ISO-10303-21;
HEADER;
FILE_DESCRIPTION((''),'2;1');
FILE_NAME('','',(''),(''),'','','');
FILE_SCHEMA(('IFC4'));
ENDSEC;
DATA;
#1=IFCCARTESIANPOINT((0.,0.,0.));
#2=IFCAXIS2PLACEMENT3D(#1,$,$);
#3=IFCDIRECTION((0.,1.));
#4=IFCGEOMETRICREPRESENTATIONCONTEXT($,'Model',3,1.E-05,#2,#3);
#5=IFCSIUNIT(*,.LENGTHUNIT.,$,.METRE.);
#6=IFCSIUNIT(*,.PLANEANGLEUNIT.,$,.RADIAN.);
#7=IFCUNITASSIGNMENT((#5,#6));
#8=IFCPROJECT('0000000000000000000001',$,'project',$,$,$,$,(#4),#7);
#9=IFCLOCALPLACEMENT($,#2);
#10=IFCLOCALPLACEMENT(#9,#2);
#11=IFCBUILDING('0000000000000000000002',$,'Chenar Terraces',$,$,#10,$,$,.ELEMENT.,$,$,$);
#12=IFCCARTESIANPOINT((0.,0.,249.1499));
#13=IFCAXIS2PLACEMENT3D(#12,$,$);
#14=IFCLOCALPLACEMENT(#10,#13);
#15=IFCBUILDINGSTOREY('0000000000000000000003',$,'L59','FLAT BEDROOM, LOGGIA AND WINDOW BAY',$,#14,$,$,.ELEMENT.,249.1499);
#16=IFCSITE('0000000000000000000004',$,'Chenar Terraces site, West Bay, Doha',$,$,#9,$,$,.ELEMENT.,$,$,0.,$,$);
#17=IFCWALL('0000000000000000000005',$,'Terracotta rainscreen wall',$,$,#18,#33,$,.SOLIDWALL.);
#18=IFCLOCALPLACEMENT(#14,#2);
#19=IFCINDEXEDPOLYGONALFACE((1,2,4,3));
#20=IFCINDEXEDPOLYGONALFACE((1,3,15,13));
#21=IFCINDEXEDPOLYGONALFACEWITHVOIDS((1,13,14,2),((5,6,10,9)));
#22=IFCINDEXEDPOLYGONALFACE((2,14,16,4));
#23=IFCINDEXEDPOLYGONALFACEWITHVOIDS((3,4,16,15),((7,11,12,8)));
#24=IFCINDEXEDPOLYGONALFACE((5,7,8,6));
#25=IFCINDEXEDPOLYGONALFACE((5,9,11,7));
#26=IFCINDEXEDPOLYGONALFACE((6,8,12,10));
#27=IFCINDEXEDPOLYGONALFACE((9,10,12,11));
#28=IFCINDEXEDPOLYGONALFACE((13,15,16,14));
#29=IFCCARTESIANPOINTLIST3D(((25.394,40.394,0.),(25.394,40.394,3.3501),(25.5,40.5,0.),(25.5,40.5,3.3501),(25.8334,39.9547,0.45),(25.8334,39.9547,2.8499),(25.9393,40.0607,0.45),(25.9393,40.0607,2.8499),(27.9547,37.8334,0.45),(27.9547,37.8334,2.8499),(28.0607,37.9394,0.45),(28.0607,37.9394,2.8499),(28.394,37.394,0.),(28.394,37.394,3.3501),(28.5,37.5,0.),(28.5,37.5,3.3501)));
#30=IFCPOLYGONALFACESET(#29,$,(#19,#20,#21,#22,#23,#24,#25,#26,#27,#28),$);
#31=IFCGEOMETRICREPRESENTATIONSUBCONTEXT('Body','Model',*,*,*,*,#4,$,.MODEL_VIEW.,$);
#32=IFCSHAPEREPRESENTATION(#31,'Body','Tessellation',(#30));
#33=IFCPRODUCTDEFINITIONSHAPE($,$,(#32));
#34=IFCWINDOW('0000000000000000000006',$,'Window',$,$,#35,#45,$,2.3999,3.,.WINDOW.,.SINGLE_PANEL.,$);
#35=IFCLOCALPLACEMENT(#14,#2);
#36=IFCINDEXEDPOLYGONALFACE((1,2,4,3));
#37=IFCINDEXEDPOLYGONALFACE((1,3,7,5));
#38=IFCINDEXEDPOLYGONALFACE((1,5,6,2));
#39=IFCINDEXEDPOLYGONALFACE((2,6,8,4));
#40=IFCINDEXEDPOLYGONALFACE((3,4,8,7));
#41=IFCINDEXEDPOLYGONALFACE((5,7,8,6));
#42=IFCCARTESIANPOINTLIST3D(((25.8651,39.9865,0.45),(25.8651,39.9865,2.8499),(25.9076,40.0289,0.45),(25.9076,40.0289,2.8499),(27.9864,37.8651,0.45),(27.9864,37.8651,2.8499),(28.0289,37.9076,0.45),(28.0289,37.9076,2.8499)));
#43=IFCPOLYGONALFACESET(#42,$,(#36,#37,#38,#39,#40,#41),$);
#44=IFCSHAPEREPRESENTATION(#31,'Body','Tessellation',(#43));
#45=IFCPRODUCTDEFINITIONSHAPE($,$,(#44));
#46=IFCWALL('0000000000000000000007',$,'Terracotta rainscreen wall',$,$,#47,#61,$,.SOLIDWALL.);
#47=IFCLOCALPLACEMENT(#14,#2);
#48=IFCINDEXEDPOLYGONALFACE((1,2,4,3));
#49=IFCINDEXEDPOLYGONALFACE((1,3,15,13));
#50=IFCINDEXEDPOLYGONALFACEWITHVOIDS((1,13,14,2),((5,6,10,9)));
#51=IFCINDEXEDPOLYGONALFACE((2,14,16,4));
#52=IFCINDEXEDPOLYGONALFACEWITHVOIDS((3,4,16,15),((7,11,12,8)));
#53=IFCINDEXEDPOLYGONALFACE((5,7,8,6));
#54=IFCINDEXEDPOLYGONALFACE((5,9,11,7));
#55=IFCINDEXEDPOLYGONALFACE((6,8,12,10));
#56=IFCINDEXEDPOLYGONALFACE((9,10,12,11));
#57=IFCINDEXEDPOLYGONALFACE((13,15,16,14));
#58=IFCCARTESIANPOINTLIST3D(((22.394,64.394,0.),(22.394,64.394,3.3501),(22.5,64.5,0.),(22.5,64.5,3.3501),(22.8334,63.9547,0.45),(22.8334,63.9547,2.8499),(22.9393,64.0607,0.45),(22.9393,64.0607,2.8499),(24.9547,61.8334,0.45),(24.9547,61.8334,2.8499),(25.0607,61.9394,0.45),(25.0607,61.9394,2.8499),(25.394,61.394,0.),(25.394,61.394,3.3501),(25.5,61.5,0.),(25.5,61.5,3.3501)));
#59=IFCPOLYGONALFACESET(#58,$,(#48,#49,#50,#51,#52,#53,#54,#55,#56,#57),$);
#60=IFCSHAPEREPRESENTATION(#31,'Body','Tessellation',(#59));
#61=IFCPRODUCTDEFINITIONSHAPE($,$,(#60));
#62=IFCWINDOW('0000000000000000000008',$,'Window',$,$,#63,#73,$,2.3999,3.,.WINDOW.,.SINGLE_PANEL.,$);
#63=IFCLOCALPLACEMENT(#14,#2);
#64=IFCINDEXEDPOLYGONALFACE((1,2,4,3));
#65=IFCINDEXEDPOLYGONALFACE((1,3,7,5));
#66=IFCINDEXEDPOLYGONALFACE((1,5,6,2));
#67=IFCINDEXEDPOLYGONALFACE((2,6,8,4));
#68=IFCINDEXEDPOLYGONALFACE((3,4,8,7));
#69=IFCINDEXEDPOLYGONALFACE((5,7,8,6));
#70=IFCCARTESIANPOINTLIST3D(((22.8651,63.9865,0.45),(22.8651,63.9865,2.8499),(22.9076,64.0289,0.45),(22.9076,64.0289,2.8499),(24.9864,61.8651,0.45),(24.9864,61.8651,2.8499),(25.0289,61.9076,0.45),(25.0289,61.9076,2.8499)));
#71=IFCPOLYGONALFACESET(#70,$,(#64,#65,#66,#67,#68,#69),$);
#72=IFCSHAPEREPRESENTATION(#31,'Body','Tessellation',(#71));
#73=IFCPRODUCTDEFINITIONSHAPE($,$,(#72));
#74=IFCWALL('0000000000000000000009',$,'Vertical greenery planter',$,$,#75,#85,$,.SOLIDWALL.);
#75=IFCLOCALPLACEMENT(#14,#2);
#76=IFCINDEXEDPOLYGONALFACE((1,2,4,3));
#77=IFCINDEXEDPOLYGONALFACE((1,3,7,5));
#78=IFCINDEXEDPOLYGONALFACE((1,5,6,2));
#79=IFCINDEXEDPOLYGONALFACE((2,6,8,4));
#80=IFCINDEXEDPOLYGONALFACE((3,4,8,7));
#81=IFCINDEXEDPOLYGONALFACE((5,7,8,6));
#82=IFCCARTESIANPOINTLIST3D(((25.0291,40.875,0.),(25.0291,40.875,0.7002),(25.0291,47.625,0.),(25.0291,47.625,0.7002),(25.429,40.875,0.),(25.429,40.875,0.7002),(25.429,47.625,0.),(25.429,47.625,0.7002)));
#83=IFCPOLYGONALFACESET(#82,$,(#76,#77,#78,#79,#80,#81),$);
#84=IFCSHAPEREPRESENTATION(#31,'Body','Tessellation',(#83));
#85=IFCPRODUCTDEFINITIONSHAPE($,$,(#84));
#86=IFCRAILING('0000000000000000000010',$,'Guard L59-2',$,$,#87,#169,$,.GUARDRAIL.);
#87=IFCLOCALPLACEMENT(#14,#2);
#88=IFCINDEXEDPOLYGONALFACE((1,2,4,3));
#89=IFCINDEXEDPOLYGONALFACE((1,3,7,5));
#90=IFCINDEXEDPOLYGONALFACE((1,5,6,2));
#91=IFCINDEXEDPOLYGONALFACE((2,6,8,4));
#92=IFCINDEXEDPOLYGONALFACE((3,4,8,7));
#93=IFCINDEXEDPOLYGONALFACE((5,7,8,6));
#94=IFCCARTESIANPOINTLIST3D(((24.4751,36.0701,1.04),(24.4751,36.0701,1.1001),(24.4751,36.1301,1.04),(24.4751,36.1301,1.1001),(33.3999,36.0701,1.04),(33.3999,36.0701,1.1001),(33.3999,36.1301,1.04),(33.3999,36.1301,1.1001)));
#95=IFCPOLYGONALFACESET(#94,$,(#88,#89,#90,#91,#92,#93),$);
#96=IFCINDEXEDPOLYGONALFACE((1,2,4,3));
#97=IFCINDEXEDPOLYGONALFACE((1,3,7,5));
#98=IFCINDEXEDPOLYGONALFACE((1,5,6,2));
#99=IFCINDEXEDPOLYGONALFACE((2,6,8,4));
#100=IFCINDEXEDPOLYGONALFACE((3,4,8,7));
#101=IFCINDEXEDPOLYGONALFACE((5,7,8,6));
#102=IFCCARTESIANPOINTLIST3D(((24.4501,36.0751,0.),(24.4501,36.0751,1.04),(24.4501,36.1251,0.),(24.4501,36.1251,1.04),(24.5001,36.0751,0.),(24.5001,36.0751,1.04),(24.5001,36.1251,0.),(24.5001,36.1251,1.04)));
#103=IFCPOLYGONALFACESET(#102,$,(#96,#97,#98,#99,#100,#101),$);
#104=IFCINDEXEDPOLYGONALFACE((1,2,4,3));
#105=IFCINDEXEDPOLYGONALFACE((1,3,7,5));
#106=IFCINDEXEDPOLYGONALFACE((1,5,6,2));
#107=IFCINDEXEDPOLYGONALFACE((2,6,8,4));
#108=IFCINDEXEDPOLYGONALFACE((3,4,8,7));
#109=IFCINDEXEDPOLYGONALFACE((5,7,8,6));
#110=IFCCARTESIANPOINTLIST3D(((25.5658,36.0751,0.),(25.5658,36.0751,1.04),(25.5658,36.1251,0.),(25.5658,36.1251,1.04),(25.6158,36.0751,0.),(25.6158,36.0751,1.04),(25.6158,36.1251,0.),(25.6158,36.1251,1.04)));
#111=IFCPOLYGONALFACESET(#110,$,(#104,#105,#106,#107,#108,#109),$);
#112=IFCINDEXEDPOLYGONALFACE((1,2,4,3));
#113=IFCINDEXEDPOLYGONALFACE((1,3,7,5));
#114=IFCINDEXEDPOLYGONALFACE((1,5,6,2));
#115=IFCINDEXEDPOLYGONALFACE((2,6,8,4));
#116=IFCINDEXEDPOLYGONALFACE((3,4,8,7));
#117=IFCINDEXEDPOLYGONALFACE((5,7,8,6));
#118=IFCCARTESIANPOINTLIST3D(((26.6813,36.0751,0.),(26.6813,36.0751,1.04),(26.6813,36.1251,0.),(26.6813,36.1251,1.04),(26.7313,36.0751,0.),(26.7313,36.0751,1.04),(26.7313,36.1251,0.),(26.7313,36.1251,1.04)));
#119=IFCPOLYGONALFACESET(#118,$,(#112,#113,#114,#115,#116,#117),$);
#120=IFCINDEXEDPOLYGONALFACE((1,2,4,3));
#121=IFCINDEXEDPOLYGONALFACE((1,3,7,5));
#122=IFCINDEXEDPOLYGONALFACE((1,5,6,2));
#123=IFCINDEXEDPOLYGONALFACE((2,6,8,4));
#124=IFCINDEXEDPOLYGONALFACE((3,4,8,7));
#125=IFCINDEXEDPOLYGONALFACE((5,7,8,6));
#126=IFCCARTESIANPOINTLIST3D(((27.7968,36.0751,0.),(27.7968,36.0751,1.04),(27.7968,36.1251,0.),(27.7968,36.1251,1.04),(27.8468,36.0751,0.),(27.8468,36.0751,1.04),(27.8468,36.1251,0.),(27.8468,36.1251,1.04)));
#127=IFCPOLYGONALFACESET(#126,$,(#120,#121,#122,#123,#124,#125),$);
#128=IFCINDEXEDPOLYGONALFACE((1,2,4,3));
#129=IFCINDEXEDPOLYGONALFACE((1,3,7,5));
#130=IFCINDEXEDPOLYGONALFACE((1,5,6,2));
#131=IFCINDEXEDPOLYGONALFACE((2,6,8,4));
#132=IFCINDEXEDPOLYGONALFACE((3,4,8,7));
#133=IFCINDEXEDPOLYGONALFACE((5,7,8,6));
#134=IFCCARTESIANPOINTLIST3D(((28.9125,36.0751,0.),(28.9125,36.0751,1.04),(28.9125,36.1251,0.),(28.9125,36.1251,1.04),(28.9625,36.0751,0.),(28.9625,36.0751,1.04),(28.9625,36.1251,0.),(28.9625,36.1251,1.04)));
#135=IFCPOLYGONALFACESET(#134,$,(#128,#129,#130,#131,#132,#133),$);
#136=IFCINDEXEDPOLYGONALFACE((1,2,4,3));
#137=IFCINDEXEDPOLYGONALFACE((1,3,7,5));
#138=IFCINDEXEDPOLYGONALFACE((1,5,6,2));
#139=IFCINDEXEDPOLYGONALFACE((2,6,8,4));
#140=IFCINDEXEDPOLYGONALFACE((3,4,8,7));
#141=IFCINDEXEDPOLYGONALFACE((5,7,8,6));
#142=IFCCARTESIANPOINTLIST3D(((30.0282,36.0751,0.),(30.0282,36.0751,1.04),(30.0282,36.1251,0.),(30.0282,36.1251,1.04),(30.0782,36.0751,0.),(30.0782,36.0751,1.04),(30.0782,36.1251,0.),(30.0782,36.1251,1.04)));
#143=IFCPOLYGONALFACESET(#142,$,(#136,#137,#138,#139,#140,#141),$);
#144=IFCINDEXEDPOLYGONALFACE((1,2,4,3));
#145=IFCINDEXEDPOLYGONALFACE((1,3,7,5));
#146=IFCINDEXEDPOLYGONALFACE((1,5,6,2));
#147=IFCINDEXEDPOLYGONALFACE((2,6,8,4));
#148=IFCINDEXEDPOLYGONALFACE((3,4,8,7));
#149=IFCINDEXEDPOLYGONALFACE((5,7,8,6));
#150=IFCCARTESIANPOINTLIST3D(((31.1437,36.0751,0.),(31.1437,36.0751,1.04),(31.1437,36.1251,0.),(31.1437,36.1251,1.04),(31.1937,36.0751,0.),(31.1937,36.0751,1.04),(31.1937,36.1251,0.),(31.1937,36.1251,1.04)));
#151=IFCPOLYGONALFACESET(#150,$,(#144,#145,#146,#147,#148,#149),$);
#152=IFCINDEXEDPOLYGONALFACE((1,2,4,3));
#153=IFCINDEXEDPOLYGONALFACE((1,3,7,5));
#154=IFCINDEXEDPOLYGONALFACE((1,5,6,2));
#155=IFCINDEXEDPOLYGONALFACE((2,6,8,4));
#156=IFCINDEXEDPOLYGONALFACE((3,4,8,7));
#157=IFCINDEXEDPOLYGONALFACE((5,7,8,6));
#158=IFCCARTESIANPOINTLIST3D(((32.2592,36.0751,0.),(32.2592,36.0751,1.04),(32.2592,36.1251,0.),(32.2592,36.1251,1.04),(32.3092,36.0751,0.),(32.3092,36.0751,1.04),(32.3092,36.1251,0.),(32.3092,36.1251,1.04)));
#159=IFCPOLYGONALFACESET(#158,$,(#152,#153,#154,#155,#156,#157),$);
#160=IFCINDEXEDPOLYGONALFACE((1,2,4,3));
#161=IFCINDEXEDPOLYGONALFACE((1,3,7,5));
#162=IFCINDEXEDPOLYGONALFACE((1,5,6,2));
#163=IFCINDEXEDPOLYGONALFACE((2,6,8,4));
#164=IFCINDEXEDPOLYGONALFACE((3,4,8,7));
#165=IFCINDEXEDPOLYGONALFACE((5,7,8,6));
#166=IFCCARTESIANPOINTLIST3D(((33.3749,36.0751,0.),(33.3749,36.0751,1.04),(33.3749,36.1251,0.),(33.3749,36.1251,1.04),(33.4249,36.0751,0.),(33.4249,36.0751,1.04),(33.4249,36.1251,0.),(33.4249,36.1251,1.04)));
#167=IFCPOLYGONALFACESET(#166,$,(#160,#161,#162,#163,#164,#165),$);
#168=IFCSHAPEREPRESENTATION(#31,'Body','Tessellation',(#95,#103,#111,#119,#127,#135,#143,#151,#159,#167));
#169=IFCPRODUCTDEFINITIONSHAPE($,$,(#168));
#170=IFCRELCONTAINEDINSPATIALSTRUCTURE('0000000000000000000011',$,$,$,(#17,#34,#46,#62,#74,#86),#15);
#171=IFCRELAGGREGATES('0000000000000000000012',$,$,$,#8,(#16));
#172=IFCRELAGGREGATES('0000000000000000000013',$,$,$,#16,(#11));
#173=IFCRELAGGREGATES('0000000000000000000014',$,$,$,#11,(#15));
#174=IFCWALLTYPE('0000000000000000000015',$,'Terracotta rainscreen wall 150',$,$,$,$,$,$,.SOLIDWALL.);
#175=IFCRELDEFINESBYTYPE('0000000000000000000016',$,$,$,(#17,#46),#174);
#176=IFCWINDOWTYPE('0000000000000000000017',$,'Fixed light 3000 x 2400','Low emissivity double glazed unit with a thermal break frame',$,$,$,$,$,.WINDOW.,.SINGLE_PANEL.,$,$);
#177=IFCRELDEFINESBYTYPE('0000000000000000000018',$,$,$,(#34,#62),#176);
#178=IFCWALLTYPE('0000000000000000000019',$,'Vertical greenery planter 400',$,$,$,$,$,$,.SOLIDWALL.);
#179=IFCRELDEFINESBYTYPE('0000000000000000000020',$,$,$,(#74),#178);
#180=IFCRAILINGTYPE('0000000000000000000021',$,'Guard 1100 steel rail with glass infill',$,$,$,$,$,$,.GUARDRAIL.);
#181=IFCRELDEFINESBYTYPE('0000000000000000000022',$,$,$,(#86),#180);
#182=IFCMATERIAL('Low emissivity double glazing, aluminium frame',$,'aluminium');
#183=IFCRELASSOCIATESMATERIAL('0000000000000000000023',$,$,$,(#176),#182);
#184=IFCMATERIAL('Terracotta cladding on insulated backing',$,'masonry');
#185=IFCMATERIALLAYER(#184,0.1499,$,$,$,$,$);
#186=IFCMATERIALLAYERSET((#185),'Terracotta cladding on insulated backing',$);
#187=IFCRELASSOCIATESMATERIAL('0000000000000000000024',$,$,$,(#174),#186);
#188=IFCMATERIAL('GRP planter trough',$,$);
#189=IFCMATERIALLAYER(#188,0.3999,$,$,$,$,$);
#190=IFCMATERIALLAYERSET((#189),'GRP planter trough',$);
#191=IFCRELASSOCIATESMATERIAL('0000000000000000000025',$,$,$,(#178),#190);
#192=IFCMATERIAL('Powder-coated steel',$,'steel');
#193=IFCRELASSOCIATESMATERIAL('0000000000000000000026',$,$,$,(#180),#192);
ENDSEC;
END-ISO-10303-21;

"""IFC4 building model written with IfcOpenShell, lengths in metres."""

from ifc_helpers import new_model, si_unit, direction, frame, frame_2d, origin, origin_2d, place, context, subcontext, project, spatial, rectangle, extrude, material, layer, layer_set, type_object, element, fill, save


model = new_model("IFC4")

# Units and contexts
model_context = context("Model", 3, precision=1e-05, world=origin(), true_north=direction((0.0, 1.0)))
body_context = subcontext(model_context, "Body", "Model", "MODEL_VIEW")
ifc_project = project(units=[si_unit("LENGTHUNIT", "METRE"), si_unit("PLANEANGLEUNIT", "RADIAN")], contexts=[model_context])

# Site, building, storey
site_placement = place(None, origin())
site = spatial("IfcSite", under=ifc_project, at=site_placement, Name="Chenar Terraces site, West Bay, Doha", CompositionType="ELEMENT", RefElevation=0.0)
building_placement = place(site_placement, origin())
building = spatial("IfcBuilding", under=site, at=building_placement, Name="Chenar Terraces", CompositionType="ELEMENT")
storey_placement = place(building_placement, frame((0.0, 0.0, 249.1499)))
storey = spatial("IfcBuildingStorey", under=building, at=storey_placement, Name="L59", Description="FLAT BEDROOM, LOGGIA AND WINDOW BAY", CompositionType="ELEMENT", Elevation=249.1499)

# Shared definitions
ifc_material_1 = material(Name="Low emissivity double glazing, aluminium frame", Category="aluminium")
window_type_1 = type_object("IfcWindowType", Name="Fixed light 3000 x 2400", Description="Low emissivity double glazed unit with a thermal break frame", PartitioningType="SINGLE_PANEL", PredefinedType="WINDOW", material=ifc_material_1)

# Walls, openings, windows
ifc_material_2 = material(Name="Terracotta cladding on insulated backing", Category="masonry")
ifc_layer_1 = layer(ifc_material_2, 0.1499)
ifc_layer_set_1 = layer_set([ifc_layer_1], Name="Terracotta cladding on insulated backing")
wall_type_1 = type_object("IfcWallType", Name="Terracotta rainscreen wall 150", PredefinedType="SOLIDWALL", material=ifc_layer_set_1)
wall_1_placement = place(storey_placement, frame((28.447, 37.447, 0.0), z_axis=(0.0, 0.0, 1.0), x_axis=(-0.707107, 0.707107, 0.0)))
wall_1 = element("IfcWall", 1, at=wall_1_placement, inside=storey, type_object=wall_type_1, Name="Terracotta rainscreen wall", PredefinedType="SOLIDWALL", context=body_context, shape_type="SweptSolid", body=[
    extrude(rectangle(XDim=4.2427, YDim=0.1499, at=frame_2d((2.1213, 0.0))), origin(), (0.0, 0.0, 1.0), 3.3501),
])
opening_1_placement = place(wall_1_placement, frame((0.6213, 0.0, 0.45)))
opening_1 = element("IfcOpeningElement", 2, at=opening_1_placement, cuts=wall_1, PredefinedType="OPENING", context=body_context, shape_type="SweptSolid", body=[
    extrude(rectangle(XDim=3.0, YDim=2.3999, at=frame_2d((1.5, 1.2))), frame((0.0, 0.085, 0.0), z_axis=(0.0, -1.0, 0.0), x_axis=(1.0, 0.0, 0.0)), (0.0, 0.0, 1.0), 0.1699),
])
window_1_placement = place(opening_1_placement, origin())
window_1 = element("IfcWindow", 3, at=window_1_placement, inside=storey, type_object=window_type_1, Name="Window", OverallHeight=2.3999, OverallWidth=3.0, PartitioningType="SINGLE_PANEL", PredefinedType="WINDOW", context=body_context, shape_type="SweptSolid", body=[
    extrude(rectangle(XDim=3.0, YDim=2.3999, at=frame_2d((1.5, 1.2))), frame((0.0, 0.03, 0.0), z_axis=(0.0, -1.0, 0.0), x_axis=(1.0, 0.0, 0.0)), (0.0, 0.0, 1.0), 0.0601),
])
fill(opening_1, window_1)
wall_2_placement = place(storey_placement, frame((25.447, 61.447, 0.0), z_axis=(0.0, 0.0, 1.0), x_axis=(-0.707107, 0.707107, 0.0)))
wall_2 = element("IfcWall", 4, at=wall_2_placement, inside=storey, type_object=wall_type_1, Name="Terracotta rainscreen wall", PredefinedType="SOLIDWALL", context=body_context, shape_type="SweptSolid", body=[
    extrude(rectangle(XDim=4.2427, YDim=0.1499, at=frame_2d((2.1213, 0.0))), origin(), (0.0, 0.0, 1.0), 3.3501),
])
opening_2_placement = place(wall_2_placement, frame((0.6213, 0.0, 0.45)))
opening_2 = element("IfcOpeningElement", 5, at=opening_2_placement, cuts=wall_2, PredefinedType="OPENING", context=body_context, shape_type="SweptSolid", body=[
    extrude(rectangle(XDim=3.0, YDim=2.3999, at=frame_2d((1.5, 1.2))), frame((0.0, 0.085, 0.0), z_axis=(0.0, -1.0, 0.0), x_axis=(1.0, 0.0, 0.0)), (0.0, 0.0, 1.0), 0.1699),
])
window_2_placement = place(opening_2_placement, origin())
window_2 = element("IfcWindow", 6, at=window_2_placement, inside=storey, type_object=window_type_1, Name="Window", OverallHeight=2.3999, OverallWidth=3.0, PartitioningType="SINGLE_PANEL", PredefinedType="WINDOW", context=body_context, shape_type="SweptSolid", body=[
    extrude(rectangle(XDim=3.0, YDim=2.3999, at=frame_2d((1.5, 1.2))), frame((0.0, 0.03, 0.0), z_axis=(0.0, -1.0, 0.0), x_axis=(1.0, 0.0, 0.0)), (0.0, 0.0, 1.0), 0.0601),
])
fill(opening_2, window_2)

# Wall
ifc_material_3 = material(Name="GRP planter trough")
ifc_layer_2 = layer(ifc_material_3, 0.3999)
ifc_layer_set_2 = layer_set([ifc_layer_2], Name="GRP planter trough")
wall_type_2 = type_object("IfcWallType", Name="Vertical greenery planter 400", PredefinedType="SOLIDWALL", material=ifc_layer_set_2)
wall_3_placement = place(storey_placement, frame((25.229, 40.875, 0.0), z_axis=(0.0, 0.0, 1.0), x_axis=(0.0, 1.0, 0.0)))
element("IfcWall", 7, at=wall_3_placement, inside=storey, type_object=wall_type_2, Name="Vertical greenery planter", PredefinedType="SOLIDWALL", context=body_context, shape_type="SweptSolid", body=[
    extrude(rectangle(XDim=6.75, YDim=0.3999, at=frame_2d((3.375, 0.0))), origin(), (0.0, 0.0, 1.0), 0.7002),
])

# Railing
ifc_material_4 = material(Name="Powder-coated steel", Category="steel")
railing_type_1 = type_object("IfcRailingType", Name="Guard 1100 steel rail with glass infill", PredefinedType="GUARDRAIL", material=ifc_material_4)
railing_1_placement = place(storey_placement, frame((24.4751, 36.1001, 0.0)))
element("IfcRailing", 8, at=railing_1_placement, inside=storey, type_object=railing_type_1, Name="Guard L59-2", PredefinedType="GUARDRAIL", context=body_context, shape_type="SweptSolid", body=[
    extrude(rectangle(XDim=0.0601, YDim=0.0601, at=origin_2d()), frame((0.0, 0.0, 1.0701), z_axis=(1.0, 0.0, 0.0), x_axis=(0.0, 1.0, 0.0)), (0.0, 0.0, 1.0), 8.9248),
    extrude(rectangle(XDim=0.05, YDim=0.05, at=origin_2d()), origin(), (0.0, 0.0, 1.0), 1.04),
    extrude(rectangle(XDim=0.05, YDim=0.05, at=origin_2d()), frame((1.1157, 0.0, 0.0)), (0.0, 0.0, 1.0), 1.04),
    extrude(rectangle(XDim=0.05, YDim=0.05, at=origin_2d()), frame((2.2312, 0.0, 0.0)), (0.0, 0.0, 1.0), 1.04),
    extrude(rectangle(XDim=0.05, YDim=0.05, at=origin_2d()), frame((3.3467, 0.0, 0.0)), (0.0, 0.0, 1.0), 1.04),
    extrude(rectangle(XDim=0.05, YDim=0.05, at=origin_2d()), frame((4.4624, 0.0, 0.0)), (0.0, 0.0, 1.0), 1.04),
    extrude(rectangle(XDim=0.05, YDim=0.05, at=origin_2d()), frame((5.5781, 0.0, 0.0)), (0.0, 0.0, 1.0), 1.04),
    extrude(rectangle(XDim=0.05, YDim=0.05, at=origin_2d()), frame((6.6936, 0.0, 0.0)), (0.0, 0.0, 1.0), 1.04),
    extrude(rectangle(XDim=0.05, YDim=0.05, at=origin_2d()), frame((7.8091, 0.0, 0.0)), (0.0, 0.0, 1.0), 1.04),
    extrude(rectangle(XDim=0.05, YDim=0.05, at=origin_2d()), frame((8.9248, 0.0, 0.0)), (0.0, 0.0, 1.0), 1.04),
])

save(model, "model.ifc")
